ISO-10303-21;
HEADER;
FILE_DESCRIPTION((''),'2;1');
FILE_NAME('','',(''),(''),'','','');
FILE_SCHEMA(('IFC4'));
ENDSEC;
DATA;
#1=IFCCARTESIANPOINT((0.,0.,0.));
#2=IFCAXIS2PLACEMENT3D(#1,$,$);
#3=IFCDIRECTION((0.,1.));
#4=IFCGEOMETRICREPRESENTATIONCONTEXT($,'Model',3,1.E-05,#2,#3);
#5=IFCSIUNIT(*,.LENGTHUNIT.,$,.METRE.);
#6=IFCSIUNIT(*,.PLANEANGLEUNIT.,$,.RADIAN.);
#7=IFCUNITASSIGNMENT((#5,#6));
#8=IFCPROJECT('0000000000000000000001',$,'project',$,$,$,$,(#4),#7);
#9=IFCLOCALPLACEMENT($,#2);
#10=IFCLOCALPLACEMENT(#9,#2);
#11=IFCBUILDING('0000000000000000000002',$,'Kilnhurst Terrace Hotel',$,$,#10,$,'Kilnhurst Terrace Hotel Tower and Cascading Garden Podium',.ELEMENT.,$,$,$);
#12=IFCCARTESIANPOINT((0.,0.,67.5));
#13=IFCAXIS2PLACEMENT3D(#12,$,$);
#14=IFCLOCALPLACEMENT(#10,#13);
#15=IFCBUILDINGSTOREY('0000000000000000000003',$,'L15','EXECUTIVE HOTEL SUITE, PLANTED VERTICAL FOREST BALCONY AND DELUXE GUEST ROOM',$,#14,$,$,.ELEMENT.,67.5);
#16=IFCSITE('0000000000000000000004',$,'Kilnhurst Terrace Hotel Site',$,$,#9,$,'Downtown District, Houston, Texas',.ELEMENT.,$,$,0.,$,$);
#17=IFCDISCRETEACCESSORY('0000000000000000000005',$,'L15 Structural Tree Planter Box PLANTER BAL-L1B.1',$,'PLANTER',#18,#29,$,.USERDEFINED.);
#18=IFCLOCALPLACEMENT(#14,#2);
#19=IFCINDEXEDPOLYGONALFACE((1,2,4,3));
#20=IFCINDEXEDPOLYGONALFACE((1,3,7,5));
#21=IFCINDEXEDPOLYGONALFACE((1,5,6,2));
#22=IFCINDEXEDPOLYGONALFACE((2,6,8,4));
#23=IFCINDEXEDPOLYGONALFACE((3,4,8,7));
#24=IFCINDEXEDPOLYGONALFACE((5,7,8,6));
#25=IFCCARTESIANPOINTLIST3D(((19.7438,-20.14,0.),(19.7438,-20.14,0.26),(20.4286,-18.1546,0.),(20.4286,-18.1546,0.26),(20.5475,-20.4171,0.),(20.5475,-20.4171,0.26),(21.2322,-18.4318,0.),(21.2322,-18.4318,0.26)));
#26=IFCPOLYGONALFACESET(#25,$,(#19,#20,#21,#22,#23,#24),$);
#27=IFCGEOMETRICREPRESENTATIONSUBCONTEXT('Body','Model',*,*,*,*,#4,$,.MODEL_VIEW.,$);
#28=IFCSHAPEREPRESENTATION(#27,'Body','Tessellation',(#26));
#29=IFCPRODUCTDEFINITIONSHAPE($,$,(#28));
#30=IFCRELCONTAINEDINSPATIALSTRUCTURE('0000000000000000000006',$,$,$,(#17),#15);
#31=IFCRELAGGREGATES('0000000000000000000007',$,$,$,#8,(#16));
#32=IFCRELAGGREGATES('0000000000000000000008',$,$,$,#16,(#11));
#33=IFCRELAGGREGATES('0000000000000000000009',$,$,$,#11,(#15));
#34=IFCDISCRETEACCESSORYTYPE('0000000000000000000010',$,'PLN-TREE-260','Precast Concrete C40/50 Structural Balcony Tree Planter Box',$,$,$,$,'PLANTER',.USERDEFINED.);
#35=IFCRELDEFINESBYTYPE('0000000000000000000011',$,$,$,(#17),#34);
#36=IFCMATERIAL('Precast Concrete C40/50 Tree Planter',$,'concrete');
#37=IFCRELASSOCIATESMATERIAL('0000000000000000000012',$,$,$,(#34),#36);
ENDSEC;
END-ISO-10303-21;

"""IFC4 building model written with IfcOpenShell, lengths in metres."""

from ifc_helpers import new_model, si_unit, direction, frame, origin, origin_2d, place, context, subcontext, project, spatial, rectangle, extrude, material, type_object, element, save


model = new_model("IFC4")

# Units and contexts
model_context = context("Model", 3, precision=1e-05, world=origin(), true_north=direction((0.0, 1.0)))
body_context = subcontext(model_context, "Body", "Model", "MODEL_VIEW")
ifc_project = project(units=[si_unit("LENGTHUNIT", "METRE"), si_unit("PLANEANGLEUNIT", "RADIAN")], contexts=[model_context])

# Site, building, storey
site_placement = place(None, origin())
site = spatial("IfcSite", under=ifc_project, at=site_placement, Name="Kilnhurst Terrace Hotel Site", LongName="Downtown District, Houston, Texas", CompositionType="ELEMENT", RefElevation=0.0)
building_placement = place(site_placement, origin())
building = spatial("IfcBuilding", under=site, at=building_placement, Name="Kilnhurst Terrace Hotel", LongName="Kilnhurst Terrace Hotel Tower and Cascading Garden Podium", CompositionType="ELEMENT")
storey_placement = place(building_placement, frame((0.0, 0.0, 67.5)))
storey = spatial("IfcBuildingStorey", under=building, at=storey_placement, Name="L15", Description="EXECUTIVE HOTEL SUITE, PLANTED VERTICAL FOREST BALCONY AND DELUXE GUEST ROOM", CompositionType="ELEMENT", Elevation=67.5)

# Discrete accessory
ifc_material_1 = material(Name="Precast Concrete C40/50 Tree Planter", Category="concrete")
discrete_accessory_type_1 = type_object("IfcDiscreteAccessoryType", Name="PLN-TREE-260", Description="Precast Concrete C40/50 Structural Balcony Tree Planter Box", ElementType="PLANTER", PredefinedType="USERDEFINED", material=ifc_material_1)
discrete_accessory_1_placement = place(storey_placement, frame((20.488, -19.2859, 0.0), z_axis=(0.0, 0.0, 1.0), x_axis=(0.326063, 0.945348, 0.0)))
element("IfcDiscreteAccessory", 1, at=discrete_accessory_1_placement, inside=storey, type_object=discrete_accessory_type_1, Name="L15 Structural Tree Planter Box PLANTER BAL-L1B.1", ObjectType="PLANTER", PredefinedType="USERDEFINED", context=body_context, shape_type="SweptSolid", body=[
    extrude(rectangle(XDim=2.1001, YDim=0.8501, at=origin_2d()), origin(), (0.0, 0.0, 1.0), 0.26),
])

save(model, "model.ifc")
